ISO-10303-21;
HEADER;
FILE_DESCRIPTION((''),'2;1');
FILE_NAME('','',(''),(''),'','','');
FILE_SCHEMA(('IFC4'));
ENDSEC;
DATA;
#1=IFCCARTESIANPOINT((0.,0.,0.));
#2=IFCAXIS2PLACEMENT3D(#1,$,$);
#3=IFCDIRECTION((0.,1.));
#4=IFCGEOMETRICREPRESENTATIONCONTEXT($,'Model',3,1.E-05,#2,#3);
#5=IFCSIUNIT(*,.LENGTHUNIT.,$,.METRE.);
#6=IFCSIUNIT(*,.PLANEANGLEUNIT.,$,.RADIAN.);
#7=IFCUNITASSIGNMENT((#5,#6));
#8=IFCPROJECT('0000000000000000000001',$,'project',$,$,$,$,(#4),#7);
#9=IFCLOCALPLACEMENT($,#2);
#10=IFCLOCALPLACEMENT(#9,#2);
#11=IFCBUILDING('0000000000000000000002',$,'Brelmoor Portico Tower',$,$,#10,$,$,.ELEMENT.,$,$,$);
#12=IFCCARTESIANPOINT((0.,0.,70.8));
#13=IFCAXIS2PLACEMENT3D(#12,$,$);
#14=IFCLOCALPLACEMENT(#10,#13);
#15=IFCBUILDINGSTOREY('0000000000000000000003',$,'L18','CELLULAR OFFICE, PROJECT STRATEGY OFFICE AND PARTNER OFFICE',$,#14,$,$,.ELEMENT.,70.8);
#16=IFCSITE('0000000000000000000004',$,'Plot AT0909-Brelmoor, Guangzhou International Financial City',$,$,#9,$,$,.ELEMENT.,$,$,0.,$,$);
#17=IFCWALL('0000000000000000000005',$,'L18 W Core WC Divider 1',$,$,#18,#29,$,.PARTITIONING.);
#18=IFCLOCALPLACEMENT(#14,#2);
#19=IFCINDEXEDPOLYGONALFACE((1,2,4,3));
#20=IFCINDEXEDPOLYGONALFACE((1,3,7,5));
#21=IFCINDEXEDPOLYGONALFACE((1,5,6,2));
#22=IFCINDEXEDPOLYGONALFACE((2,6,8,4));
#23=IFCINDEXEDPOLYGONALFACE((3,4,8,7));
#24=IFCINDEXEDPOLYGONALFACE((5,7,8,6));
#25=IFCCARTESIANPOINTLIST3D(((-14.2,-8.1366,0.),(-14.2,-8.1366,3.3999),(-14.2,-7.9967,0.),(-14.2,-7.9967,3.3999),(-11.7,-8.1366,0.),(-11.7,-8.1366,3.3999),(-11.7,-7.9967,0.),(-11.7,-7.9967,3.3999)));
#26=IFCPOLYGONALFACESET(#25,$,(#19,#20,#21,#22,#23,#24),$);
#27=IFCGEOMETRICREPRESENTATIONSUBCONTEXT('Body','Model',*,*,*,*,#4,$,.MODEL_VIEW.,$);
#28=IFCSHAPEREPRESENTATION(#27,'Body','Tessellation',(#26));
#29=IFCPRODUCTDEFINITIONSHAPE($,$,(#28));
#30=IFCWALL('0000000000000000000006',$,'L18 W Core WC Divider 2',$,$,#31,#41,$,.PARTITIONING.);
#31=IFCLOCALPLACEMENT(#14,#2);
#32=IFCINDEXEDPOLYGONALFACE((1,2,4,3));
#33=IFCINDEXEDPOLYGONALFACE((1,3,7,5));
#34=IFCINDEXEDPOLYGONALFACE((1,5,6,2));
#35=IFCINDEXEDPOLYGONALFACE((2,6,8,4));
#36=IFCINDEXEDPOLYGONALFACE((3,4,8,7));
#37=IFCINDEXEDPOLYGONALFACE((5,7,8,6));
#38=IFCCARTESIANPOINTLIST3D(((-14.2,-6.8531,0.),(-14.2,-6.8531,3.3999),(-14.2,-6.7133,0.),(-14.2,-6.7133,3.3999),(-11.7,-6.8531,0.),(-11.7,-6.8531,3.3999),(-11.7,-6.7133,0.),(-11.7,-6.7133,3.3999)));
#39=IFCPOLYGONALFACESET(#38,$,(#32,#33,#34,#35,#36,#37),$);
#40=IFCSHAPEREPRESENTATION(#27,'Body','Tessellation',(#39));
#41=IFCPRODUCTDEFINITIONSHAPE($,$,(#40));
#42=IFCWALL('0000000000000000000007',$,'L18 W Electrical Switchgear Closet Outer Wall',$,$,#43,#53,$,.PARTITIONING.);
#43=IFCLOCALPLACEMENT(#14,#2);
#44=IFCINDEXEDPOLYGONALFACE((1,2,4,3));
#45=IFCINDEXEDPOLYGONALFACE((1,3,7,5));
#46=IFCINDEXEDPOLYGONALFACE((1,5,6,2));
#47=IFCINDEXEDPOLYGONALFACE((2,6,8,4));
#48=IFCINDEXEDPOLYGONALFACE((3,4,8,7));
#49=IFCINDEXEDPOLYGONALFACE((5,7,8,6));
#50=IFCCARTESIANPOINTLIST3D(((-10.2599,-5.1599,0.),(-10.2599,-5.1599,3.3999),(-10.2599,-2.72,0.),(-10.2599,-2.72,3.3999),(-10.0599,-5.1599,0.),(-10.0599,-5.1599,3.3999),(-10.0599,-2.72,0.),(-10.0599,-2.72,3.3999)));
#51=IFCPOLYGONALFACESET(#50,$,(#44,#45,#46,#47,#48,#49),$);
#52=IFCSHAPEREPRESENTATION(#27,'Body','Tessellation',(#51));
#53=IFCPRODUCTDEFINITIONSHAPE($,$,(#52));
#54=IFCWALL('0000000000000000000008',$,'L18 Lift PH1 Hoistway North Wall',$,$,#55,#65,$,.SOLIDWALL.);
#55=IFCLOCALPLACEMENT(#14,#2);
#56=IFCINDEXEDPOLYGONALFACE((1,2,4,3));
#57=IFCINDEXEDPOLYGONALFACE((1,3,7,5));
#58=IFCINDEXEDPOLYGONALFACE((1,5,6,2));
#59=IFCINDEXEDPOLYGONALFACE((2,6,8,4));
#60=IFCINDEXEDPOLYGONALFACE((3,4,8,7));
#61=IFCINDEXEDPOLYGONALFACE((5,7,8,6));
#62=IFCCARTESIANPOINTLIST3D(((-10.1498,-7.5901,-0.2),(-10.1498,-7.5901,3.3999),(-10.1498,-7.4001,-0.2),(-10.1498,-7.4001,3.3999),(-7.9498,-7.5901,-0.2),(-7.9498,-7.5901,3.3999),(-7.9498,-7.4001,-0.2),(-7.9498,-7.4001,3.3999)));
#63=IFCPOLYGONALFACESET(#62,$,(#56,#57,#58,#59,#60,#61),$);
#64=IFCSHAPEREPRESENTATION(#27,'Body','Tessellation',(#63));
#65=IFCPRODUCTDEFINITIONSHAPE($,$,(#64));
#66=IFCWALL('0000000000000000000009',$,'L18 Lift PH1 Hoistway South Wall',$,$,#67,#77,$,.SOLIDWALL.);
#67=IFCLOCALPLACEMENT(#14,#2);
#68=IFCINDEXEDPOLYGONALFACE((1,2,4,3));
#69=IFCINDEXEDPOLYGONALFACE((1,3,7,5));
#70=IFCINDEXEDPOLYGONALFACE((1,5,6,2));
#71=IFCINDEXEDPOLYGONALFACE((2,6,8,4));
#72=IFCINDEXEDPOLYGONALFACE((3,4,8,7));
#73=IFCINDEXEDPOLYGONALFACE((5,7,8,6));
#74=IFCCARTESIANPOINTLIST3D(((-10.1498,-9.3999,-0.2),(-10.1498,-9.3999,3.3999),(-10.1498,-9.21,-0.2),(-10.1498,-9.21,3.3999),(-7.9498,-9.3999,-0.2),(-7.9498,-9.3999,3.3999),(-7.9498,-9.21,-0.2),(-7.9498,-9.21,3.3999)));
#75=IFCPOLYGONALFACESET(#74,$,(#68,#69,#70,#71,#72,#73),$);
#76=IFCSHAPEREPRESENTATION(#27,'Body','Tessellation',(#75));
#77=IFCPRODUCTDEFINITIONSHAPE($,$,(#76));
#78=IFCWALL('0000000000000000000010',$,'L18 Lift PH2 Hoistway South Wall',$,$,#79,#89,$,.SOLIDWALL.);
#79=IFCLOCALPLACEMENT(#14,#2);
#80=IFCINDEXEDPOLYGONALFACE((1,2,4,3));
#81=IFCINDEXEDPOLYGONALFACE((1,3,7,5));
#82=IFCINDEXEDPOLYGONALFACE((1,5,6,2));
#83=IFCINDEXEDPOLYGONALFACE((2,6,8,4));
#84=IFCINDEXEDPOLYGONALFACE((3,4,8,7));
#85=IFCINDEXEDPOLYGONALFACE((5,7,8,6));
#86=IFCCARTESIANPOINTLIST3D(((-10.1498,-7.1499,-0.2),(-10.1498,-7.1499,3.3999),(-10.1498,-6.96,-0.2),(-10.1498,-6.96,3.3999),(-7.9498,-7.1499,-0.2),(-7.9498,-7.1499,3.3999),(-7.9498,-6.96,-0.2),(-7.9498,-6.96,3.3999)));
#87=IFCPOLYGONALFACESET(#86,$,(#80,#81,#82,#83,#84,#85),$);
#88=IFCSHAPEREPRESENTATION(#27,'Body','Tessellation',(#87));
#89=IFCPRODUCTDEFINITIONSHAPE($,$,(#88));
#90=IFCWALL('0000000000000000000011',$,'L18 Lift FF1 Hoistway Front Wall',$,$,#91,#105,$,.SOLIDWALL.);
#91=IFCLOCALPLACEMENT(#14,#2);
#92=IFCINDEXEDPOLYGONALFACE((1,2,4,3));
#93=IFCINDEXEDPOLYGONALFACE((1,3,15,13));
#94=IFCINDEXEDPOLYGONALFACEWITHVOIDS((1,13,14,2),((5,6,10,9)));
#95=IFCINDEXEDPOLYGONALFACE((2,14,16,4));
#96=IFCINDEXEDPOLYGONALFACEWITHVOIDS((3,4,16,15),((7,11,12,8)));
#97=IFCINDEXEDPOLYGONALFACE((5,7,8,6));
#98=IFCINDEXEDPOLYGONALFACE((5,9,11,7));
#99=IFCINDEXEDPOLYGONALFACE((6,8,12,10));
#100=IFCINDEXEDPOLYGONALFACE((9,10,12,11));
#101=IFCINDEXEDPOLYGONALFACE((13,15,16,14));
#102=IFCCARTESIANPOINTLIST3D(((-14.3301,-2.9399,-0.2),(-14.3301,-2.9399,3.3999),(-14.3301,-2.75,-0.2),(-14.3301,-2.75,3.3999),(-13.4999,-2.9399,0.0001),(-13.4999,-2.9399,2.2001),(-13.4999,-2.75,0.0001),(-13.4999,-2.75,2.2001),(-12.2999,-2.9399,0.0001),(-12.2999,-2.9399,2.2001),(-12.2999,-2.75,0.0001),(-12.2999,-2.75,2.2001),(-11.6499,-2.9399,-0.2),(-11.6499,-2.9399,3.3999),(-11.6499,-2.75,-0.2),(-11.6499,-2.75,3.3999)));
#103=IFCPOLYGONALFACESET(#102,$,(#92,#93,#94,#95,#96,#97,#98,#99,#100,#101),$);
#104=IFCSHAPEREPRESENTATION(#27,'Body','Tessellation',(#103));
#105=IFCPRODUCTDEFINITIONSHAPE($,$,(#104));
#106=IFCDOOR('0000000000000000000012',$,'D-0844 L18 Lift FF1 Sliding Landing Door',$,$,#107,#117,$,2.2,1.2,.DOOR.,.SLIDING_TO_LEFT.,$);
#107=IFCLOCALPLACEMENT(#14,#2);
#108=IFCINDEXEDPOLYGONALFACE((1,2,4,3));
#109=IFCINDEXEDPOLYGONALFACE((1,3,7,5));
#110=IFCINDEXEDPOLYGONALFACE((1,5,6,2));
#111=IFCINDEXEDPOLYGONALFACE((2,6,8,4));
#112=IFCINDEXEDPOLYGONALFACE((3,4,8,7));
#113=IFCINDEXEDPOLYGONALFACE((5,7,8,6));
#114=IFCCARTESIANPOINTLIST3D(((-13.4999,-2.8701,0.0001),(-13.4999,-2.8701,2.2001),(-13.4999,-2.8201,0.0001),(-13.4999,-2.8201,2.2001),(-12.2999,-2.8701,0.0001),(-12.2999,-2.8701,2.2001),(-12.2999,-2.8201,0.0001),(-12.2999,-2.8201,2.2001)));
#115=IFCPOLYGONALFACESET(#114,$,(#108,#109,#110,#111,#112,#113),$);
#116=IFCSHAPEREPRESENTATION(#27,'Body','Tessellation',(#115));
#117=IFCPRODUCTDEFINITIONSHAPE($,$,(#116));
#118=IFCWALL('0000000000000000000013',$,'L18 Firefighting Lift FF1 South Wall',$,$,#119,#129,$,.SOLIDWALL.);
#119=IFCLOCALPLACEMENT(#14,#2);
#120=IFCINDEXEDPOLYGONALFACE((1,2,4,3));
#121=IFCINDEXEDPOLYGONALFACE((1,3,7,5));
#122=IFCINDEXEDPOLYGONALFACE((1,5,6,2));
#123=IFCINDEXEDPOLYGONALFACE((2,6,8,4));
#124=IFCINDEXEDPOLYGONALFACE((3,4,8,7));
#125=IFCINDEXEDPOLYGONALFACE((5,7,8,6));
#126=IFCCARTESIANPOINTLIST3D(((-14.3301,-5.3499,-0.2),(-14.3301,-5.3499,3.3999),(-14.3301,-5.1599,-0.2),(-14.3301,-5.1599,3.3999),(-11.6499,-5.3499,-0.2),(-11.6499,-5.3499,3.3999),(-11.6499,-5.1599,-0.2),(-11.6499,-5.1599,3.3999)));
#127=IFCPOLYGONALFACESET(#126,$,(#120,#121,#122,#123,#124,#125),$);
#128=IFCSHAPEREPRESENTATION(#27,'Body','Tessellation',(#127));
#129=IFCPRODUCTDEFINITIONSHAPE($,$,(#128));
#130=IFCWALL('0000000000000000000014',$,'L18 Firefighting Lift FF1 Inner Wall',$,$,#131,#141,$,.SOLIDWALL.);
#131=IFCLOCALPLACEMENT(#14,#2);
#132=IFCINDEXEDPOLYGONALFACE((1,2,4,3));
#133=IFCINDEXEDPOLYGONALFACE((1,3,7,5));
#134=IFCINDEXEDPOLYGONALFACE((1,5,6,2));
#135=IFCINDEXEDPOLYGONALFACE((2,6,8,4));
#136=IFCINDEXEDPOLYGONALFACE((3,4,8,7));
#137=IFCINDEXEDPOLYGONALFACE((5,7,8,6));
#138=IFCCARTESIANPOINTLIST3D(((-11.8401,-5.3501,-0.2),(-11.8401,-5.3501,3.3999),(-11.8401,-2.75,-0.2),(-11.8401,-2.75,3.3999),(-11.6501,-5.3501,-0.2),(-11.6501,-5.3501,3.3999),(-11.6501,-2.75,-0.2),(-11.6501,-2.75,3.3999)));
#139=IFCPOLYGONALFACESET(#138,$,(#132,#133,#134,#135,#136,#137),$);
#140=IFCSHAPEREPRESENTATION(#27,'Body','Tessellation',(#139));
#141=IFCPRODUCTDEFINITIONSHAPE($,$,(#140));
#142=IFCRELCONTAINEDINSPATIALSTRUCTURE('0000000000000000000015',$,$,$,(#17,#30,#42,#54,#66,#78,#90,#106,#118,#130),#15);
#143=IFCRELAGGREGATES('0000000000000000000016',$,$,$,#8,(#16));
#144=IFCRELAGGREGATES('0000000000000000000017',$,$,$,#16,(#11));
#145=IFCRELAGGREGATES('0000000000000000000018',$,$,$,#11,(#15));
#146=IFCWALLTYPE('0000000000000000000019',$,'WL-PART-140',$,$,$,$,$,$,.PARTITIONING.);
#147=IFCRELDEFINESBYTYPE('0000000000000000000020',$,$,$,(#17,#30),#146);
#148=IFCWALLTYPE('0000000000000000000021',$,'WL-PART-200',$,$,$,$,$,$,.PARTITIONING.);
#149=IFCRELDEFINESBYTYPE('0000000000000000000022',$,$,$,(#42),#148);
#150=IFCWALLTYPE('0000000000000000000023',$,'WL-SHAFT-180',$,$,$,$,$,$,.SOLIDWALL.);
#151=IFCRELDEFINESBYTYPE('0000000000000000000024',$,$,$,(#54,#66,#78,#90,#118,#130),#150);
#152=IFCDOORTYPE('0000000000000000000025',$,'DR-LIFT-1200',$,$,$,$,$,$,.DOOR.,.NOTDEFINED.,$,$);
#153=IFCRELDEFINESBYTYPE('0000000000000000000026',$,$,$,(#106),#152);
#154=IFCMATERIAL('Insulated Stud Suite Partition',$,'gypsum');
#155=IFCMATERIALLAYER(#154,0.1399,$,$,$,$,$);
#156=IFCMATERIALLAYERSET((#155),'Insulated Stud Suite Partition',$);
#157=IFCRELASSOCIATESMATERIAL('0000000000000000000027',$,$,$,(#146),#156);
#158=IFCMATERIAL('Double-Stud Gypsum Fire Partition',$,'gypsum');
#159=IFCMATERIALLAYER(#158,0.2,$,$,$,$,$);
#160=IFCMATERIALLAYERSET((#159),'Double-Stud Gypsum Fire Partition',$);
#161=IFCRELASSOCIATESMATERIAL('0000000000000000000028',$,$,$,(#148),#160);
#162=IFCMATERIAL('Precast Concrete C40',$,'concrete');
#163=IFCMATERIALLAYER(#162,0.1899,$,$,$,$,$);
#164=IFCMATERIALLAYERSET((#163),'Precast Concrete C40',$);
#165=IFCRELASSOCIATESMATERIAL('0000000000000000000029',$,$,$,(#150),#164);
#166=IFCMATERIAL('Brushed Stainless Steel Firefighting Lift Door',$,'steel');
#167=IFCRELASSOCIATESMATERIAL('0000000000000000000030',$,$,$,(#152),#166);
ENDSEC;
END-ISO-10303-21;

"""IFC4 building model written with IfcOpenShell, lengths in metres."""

from ifc_helpers import new_model, si_unit, direction, frame, frame_2d, origin, place, context, subcontext, project, spatial, rectangle, extrude, material, layer, layer_set, type_object, element, fill, save


model = new_model("IFC4")

# Units and contexts
model_context = context("Model", 3, precision=1e-05, world=origin(), true_north=direction((0.0, 1.0)))
body_context = subcontext(model_context, "Body", "Model", "MODEL_VIEW")
ifc_project = project(units=[si_unit("LENGTHUNIT", "METRE"), si_unit("PLANEANGLEUNIT", "RADIAN")], contexts=[model_context])

# Site, building, storey
site_placement = place(None, origin())
site = spatial("IfcSite", under=ifc_project, at=site_placement, Name="Plot AT0909-Brelmoor, Guangzhou International Financial City", CompositionType="ELEMENT", RefElevation=0.0)
building_placement = place(site_placement, origin())
building = spatial("IfcBuilding", under=site, at=building_placement, Name="Brelmoor Portico Tower", CompositionType="ELEMENT")
storey_placement = place(building_placement, frame((0.0, 0.0, 70.8)))
storey = spatial("IfcBuildingStorey", under=building, at=storey_placement, Name="L18", Description="CELLULAR OFFICE, PROJECT STRATEGY OFFICE AND PARTNER OFFICE", CompositionType="ELEMENT", Elevation=70.8)

# Walls
ifc_material_1 = material(Name="Insulated Stud Suite Partition", Category="gypsum")
ifc_layer_1 = layer(ifc_material_1, 0.1399)
ifc_layer_set_1 = layer_set([ifc_layer_1], Name="Insulated Stud Suite Partition")
wall_type_1 = type_object("IfcWallType", Name="WL-PART-140", PredefinedType="PARTITIONING", material=ifc_layer_set_1)
for number, where, z_axis, x_axis, name in (
    (1, (-11.7, -8.0667, 0.0), (0.0, 0.0, 1.0), (-1.0, 0.0, 0.0), "L18 W Core WC Divider 1"),
    (2, (-11.7, -6.7832, 0.0), (0.0, 0.0, 1.0), (-1.0, 0.0, 0.0), "L18 W Core WC Divider 2"),
):
    element("IfcWall", number, at=place(storey_placement, frame(where, z_axis=z_axis, x_axis=x_axis)), inside=storey, type_object=wall_type_1, Name=name, PredefinedType="PARTITIONING", context=body_context, shape_type="SweptSolid", body=[
        extrude(rectangle(XDim=2.5, YDim=0.1399, at=frame_2d((1.25, 0.0))), origin(), (0.0, 0.0, 1.0), 3.3999),
    ])

# Shared definitions
ifc_material_2 = material(Name="Double-Stud Gypsum Fire Partition", Category="gypsum")
ifc_layer_2 = layer(ifc_material_2, 0.2)
ifc_layer_set_2 = layer_set([ifc_layer_2], Name="Double-Stud Gypsum Fire Partition")
wall_type_2 = type_object("IfcWallType", Name="WL-PART-200", PredefinedType="PARTITIONING", material=ifc_layer_set_2)

# Walls
wall_1_placement = place(storey_placement, frame((-10.1599, -5.1599, 0.0), z_axis=(0.0, 0.0, 1.0), x_axis=(0.0, 1.0, 0.0)))
element("IfcWall", 3, at=wall_1_placement, inside=storey, type_object=wall_type_2, Name="L18 W Electrical Switchgear Closet Outer Wall", PredefinedType="PARTITIONING", context=body_context, shape_type="SweptSolid", body=[
    extrude(rectangle(XDim=2.4399, YDim=0.2, at=frame_2d((1.22, 0.0))), origin(), (0.0, 0.0, 1.0), 3.3999),
])
ifc_material_3 = material(Name="Precast Concrete C40", Category="concrete")
ifc_layer_3 = layer(ifc_material_3, 0.1899)
ifc_layer_set_3 = layer_set([ifc_layer_3], Name="Precast Concrete C40")
wall_type_3 = type_object("IfcWallType", Name="WL-SHAFT-180", PredefinedType="SOLIDWALL", material=ifc_layer_set_3)
for number, where, z_axis, x_axis, name in (
    (4, (-10.1499, -7.4951, -0.2), (0.0, 0.0, 1.0), (1.0, 0.0, 0.0), "L18 Lift PH1 Hoistway North Wall"),
    (5, (-10.1499, -9.3049, -0.2), (0.0, 0.0, 1.0), (1.0, 0.0, 0.0), "L18 Lift PH1 Hoistway South Wall"),
    (6, (-10.1499, -7.0549, -0.2), (0.0, 0.0, 1.0), (1.0, 0.0, 0.0), "L18 Lift PH2 Hoistway South Wall"),
):
    element("IfcWall", number, at=place(storey_placement, frame(where, z_axis=z_axis, x_axis=x_axis)), inside=storey, type_object=wall_type_3, Name=name, PredefinedType="SOLIDWALL", context=body_context, shape_type="SweptSolid", body=[
        extrude(rectangle(XDim=2.2, YDim=0.1899, at=frame_2d((1.1001, 0.0))), origin(), (0.0, 0.0, 1.0), 3.5999),
    ])

# Wall, opening, door
wall_2_placement = place(storey_placement, frame((-14.3301, -2.845, -0.2), z_axis=(0.0, 0.0, 1.0), x_axis=(1.0, 0.0, 0.0)))
wall_2 = element("IfcWall", 7, at=wall_2_placement, inside=storey, type_object=wall_type_3, Name="L18 Lift FF1 Hoistway Front Wall", PredefinedType="SOLIDWALL", context=body_context, shape_type="SweptSolid", body=[
    extrude(rectangle(XDim=2.6802, YDim=0.1899, at=frame_2d((1.3401, 0.0))), origin(), (0.0, 0.0, 1.0), 3.5999),
])
opening_1_placement = place(wall_2_placement, frame((0.8301, 0.0, 0.2)))
opening_1 = element("IfcOpeningElement", 8, at=opening_1_placement, cuts=wall_2, PredefinedType="OPENING", context=body_context, shape_type="SweptSolid", body=[
    extrude(rectangle(XDim=1.2, YDim=2.2, at=frame_2d((0.6001, 1.1001))), frame((0.0, 0.105, 0.0), z_axis=(0.0, -1.0, 0.0), x_axis=(1.0, 0.0, 0.0)), (0.0, 0.0, 1.0), 0.21),
])
ifc_material_4 = material(Name="Brushed Stainless Steel Firefighting Lift Door", Category="steel")
door_type_1 = type_object("IfcDoorType", Name="DR-LIFT-1200", OperationType="NOTDEFINED", PredefinedType="DOOR", material=ifc_material_4)
door_1_placement = place(opening_1_placement, origin())
door_1 = element("IfcDoor", 9, at=door_1_placement, inside=storey, type_object=door_type_1, Name="D-0844 L18 Lift FF1 Sliding Landing Door", OperationType="SLIDING_TO_LEFT", OverallHeight=2.2, OverallWidth=1.2, PredefinedType="DOOR", context=body_context, shape_type="SweptSolid", body=[
    extrude(rectangle(XDim=1.2, YDim=2.2, at=frame_2d((0.6001, 1.1001))), frame((0.0, 0.0249, 0.0), z_axis=(0.0, -1.0, 0.0), x_axis=(1.0, 0.0, 0.0)), (0.0, 0.0, 1.0), 0.05),
])
fill(opening_1, door_1)

# Walls
wall_3_placement = place(storey_placement, frame((-14.3301, -5.2549, -0.2), z_axis=(0.0, 0.0, 1.0), x_axis=(1.0, 0.0, 0.0)))
element("IfcWall", 10, at=wall_3_placement, inside=storey, type_object=wall_type_3, Name="L18 Firefighting Lift FF1 South Wall", PredefinedType="SOLIDWALL", context=body_context, shape_type="SweptSolid", body=[
    extrude(rectangle(XDim=2.6802, YDim=0.1899, at=frame_2d((1.3401, 0.0))), origin(), (0.0, 0.0, 1.0), 3.5999),
])
wall_4_placement = place(storey_placement, frame((-11.7451, -5.3501, -0.2), z_axis=(0.0, 0.0, 1.0), x_axis=(0.0, 1.0, 0.0)))
element("IfcWall", 11, at=wall_4_placement, inside=storey, type_object=wall_type_3, Name="L18 Firefighting Lift FF1 Inner Wall", PredefinedType="SOLIDWALL", context=body_context, shape_type="SweptSolid", body=[
    extrude(rectangle(XDim=2.6001, YDim=0.1899, at=frame_2d((1.3, 0.0))), origin(), (0.0, 0.0, 1.0), 3.5999),
])

save(model, "model.ifc")
